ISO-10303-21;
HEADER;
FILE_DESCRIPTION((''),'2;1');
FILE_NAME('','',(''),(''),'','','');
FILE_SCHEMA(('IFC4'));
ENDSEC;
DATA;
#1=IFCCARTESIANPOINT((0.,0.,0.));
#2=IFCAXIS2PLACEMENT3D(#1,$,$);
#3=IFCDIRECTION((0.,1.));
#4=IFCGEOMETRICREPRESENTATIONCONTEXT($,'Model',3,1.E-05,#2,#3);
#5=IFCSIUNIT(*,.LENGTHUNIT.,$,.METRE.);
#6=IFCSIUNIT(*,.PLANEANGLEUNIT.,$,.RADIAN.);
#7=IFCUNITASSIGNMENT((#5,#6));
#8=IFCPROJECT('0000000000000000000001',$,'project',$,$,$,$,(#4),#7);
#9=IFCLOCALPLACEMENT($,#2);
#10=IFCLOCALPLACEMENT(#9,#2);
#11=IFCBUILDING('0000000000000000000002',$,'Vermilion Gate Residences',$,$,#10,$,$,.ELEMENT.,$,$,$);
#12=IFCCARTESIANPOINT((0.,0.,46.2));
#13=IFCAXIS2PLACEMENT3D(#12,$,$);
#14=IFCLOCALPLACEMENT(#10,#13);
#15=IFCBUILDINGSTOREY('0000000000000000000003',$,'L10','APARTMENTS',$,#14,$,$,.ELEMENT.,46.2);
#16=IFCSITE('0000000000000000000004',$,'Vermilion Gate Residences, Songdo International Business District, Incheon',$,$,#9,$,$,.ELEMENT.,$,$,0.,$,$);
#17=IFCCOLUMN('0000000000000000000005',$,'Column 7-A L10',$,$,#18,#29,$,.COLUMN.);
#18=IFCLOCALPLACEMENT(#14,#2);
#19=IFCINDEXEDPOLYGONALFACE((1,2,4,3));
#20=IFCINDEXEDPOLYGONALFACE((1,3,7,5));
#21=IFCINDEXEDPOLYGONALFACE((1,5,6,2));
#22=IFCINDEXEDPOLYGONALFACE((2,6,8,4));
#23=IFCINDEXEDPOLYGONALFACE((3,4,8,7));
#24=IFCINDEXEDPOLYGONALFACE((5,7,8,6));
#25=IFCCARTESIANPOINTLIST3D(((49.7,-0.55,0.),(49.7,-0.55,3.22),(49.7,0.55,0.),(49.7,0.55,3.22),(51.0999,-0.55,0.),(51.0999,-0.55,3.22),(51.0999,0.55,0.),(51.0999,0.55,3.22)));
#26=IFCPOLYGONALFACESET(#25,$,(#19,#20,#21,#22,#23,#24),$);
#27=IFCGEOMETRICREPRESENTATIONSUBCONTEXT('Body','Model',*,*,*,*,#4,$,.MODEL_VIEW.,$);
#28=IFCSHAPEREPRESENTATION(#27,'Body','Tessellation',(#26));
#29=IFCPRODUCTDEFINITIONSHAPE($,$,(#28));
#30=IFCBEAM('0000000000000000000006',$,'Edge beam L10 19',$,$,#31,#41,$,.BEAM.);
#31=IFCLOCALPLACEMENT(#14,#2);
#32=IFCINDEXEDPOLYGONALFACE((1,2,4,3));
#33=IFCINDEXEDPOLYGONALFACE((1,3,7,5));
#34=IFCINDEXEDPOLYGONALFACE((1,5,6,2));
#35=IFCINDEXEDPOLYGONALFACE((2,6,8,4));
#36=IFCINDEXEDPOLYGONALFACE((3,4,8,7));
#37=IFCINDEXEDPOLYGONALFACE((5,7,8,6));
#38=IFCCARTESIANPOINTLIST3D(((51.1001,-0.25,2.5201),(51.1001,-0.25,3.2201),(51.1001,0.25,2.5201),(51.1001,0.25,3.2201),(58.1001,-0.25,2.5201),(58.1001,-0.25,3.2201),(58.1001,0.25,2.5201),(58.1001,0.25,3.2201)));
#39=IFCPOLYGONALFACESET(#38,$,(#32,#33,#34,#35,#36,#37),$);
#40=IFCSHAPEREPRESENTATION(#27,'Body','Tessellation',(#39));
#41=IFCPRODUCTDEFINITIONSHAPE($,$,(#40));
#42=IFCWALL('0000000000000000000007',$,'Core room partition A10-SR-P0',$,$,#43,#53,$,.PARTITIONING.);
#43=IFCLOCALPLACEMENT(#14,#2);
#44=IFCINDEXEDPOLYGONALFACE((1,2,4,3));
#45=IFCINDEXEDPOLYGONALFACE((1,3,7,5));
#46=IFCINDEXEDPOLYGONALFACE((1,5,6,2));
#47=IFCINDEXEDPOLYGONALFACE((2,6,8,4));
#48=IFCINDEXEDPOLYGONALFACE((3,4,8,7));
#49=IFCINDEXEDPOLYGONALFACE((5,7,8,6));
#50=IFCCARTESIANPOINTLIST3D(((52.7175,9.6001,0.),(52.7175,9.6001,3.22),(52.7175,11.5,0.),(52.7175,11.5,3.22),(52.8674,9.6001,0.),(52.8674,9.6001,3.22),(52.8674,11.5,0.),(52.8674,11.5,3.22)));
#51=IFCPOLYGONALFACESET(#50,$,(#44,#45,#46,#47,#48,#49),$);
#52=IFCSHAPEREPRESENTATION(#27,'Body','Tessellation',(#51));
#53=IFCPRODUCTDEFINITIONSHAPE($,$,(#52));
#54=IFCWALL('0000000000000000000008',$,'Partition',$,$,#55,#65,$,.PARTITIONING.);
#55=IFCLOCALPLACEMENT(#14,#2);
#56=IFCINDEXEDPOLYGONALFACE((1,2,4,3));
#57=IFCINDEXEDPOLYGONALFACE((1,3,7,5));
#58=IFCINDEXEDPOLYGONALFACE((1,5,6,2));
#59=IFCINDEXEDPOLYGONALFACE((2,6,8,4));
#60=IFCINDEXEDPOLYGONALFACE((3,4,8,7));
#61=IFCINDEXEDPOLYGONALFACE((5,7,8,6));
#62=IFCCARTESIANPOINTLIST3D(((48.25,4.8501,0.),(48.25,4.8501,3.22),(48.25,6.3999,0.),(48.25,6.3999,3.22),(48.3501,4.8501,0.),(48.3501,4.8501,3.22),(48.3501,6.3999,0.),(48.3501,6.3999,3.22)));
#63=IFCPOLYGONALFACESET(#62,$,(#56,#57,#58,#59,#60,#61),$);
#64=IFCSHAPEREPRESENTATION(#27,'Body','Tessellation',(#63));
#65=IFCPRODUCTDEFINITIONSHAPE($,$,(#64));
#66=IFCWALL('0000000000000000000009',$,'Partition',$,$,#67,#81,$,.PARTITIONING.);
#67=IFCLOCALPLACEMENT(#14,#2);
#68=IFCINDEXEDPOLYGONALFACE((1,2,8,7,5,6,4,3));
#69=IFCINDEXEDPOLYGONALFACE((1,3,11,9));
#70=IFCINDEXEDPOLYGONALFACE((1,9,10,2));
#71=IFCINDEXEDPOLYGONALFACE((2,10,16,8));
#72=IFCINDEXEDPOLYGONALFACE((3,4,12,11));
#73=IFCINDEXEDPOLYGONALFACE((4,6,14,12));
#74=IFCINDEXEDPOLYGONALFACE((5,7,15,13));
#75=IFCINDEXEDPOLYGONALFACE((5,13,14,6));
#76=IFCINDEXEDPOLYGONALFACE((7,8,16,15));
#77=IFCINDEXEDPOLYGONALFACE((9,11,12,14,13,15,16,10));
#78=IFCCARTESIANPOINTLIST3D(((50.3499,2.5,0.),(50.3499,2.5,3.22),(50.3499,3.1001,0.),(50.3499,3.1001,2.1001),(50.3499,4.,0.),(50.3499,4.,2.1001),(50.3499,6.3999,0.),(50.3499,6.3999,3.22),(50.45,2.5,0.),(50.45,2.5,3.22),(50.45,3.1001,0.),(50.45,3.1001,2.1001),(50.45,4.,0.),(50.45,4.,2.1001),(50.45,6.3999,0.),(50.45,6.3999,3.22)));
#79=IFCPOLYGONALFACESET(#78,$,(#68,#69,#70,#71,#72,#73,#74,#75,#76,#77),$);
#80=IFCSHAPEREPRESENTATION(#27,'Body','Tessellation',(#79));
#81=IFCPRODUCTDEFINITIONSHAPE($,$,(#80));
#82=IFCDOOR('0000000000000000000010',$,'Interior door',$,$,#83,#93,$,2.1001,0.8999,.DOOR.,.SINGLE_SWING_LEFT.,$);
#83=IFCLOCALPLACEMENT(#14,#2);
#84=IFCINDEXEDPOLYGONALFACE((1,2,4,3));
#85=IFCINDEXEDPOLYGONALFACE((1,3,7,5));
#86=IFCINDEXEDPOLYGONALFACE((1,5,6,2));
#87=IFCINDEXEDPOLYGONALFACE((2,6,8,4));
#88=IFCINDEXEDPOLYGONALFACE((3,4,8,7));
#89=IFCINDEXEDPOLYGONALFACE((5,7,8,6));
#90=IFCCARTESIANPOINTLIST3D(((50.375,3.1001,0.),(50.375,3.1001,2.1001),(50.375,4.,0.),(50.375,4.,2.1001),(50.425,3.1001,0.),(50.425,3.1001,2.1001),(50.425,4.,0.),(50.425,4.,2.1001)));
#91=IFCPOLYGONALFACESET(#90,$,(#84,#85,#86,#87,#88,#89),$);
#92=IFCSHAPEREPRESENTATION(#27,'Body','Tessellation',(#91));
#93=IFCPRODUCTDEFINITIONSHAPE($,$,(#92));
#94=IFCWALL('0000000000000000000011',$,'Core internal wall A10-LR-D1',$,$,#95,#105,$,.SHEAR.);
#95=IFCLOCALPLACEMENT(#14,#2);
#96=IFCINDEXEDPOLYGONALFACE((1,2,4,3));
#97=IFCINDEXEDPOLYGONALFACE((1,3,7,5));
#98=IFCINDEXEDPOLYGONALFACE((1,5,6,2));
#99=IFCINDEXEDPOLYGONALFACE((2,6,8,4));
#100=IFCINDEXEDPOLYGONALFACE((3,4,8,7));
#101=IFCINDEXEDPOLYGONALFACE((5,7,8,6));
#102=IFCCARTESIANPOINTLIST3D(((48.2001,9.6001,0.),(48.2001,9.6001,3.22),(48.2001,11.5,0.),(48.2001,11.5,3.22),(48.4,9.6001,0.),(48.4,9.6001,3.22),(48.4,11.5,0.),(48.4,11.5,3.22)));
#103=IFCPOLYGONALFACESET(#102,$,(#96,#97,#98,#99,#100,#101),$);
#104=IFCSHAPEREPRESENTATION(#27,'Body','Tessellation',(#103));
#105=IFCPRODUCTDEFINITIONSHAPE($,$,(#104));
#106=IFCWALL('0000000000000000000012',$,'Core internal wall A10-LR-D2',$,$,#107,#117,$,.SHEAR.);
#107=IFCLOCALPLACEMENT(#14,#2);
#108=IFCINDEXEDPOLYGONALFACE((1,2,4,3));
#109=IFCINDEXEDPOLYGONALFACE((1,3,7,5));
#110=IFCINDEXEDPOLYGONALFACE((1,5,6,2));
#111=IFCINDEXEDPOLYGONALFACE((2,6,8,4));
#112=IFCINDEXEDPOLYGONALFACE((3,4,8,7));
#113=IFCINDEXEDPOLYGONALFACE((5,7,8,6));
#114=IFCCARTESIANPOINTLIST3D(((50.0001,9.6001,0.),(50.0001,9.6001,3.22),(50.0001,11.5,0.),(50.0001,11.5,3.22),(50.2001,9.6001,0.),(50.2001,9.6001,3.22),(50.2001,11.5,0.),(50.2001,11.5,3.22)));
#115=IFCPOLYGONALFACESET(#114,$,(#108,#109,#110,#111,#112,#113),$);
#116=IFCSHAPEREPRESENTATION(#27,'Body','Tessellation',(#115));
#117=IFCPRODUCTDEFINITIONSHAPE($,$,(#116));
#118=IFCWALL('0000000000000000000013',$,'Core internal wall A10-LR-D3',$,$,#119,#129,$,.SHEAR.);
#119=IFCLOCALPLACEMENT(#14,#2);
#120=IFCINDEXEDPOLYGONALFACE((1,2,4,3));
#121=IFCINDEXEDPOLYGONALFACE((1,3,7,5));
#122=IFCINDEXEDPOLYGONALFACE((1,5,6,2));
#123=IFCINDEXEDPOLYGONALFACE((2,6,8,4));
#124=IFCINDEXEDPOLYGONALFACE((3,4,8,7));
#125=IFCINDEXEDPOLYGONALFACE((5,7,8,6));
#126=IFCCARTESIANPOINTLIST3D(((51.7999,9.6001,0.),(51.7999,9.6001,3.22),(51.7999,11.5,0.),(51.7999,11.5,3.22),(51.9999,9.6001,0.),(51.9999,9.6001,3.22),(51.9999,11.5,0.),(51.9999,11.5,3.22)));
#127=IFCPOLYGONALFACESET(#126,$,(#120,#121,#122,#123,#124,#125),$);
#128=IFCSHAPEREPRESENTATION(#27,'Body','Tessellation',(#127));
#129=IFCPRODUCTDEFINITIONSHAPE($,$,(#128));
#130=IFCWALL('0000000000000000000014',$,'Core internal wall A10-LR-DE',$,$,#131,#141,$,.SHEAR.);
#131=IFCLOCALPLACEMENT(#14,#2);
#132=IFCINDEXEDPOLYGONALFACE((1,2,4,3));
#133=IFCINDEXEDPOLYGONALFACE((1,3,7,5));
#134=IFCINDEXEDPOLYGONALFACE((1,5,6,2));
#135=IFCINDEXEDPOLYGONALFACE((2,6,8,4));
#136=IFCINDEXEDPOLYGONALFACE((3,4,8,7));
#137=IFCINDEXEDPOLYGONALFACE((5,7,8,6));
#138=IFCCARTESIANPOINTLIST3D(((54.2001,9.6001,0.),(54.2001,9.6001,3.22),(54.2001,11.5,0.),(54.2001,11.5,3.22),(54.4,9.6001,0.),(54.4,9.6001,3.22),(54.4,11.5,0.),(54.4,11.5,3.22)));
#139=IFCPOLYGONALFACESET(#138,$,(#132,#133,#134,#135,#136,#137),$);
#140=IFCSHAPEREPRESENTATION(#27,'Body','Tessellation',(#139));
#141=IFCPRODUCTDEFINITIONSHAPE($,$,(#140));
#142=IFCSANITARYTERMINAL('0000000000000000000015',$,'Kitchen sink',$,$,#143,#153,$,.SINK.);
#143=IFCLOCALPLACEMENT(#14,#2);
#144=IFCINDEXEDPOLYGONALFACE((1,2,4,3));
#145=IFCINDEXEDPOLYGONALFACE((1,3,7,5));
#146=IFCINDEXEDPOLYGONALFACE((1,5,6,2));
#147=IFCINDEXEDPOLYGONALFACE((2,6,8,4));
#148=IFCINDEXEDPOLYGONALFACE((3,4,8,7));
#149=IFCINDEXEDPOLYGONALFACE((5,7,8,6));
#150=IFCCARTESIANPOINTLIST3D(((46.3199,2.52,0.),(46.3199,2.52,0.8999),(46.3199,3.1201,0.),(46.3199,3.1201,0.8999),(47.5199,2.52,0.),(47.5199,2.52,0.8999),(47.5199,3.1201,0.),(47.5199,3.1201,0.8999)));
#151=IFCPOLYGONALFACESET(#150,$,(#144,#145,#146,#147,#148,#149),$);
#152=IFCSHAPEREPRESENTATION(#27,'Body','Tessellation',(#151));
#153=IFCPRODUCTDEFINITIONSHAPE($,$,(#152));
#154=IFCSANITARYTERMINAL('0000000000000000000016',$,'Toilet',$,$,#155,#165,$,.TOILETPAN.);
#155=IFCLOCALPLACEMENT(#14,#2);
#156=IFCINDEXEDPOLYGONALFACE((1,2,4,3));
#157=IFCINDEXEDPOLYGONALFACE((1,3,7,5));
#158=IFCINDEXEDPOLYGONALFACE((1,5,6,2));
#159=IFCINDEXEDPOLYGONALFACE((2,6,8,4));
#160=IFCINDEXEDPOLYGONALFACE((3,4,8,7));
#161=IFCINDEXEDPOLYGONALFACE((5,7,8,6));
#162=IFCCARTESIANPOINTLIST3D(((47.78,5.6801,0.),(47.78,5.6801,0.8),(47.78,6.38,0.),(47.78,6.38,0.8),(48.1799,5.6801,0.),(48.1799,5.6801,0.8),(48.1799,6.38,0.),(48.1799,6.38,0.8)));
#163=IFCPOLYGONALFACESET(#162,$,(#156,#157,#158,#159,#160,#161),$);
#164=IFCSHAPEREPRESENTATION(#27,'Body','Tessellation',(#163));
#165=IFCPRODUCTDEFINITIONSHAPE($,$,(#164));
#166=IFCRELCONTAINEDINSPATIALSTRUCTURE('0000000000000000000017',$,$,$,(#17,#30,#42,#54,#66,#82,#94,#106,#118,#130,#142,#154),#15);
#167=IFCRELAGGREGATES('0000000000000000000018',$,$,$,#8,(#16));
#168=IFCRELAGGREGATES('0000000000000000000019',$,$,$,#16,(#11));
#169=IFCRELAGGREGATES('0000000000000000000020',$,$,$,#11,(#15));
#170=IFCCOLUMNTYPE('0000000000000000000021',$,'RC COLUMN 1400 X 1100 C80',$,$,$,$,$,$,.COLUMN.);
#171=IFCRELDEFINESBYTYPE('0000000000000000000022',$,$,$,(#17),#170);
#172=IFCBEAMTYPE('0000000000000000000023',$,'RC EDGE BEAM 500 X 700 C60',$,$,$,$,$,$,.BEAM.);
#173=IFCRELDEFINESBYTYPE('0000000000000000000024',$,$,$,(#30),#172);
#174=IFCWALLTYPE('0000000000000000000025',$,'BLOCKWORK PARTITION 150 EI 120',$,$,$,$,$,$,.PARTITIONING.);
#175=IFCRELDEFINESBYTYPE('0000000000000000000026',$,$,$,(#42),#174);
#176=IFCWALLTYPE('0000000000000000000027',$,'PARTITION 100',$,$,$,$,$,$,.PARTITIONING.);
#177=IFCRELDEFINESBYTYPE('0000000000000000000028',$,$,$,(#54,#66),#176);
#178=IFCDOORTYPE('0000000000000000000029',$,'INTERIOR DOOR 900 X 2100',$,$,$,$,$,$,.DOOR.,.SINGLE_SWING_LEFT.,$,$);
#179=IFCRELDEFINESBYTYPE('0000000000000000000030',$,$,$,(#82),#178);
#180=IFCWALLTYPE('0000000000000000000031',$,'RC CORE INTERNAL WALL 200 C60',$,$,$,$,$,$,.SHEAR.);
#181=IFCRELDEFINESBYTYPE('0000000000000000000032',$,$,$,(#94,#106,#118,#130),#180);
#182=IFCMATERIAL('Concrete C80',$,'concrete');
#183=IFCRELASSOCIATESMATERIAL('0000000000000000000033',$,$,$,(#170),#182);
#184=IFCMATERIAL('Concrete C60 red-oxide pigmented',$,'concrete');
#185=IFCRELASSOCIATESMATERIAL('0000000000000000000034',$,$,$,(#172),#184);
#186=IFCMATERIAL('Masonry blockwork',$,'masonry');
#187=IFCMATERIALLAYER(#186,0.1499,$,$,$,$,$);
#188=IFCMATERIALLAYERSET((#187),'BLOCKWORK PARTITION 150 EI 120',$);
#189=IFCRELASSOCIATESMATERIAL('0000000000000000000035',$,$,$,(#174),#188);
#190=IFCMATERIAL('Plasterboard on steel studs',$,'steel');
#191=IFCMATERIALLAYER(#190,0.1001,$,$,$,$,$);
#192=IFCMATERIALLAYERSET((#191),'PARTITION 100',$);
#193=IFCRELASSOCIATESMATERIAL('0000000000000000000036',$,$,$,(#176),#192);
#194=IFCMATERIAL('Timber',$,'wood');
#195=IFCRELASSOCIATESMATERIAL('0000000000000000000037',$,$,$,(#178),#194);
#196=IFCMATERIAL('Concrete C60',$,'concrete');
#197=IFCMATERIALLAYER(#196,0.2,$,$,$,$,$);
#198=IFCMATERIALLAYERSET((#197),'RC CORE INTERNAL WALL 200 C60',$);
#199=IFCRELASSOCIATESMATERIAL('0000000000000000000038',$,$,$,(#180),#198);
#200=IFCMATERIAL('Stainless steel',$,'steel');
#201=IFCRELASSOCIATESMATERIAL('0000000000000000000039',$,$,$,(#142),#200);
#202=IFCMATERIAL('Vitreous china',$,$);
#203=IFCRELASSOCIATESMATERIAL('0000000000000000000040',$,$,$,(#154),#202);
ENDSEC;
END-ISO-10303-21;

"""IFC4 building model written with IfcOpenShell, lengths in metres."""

from ifc_helpers import new_model, si_unit, direction, frame, frame_2d, origin, origin_2d, place, context, subcontext, project, spatial, rectangle, extrude, material, layer, layer_set, material_profile, profile_set, type_object, element, fill, save


model = new_model("IFC4")

# Units and contexts
model_context = context("Model", 3, precision=1e-05, world=origin(), true_north=direction((0.0, 1.0)))
body_context = subcontext(model_context, "Body", "Model", "MODEL_VIEW")
ifc_project = project(units=[si_unit("LENGTHUNIT", "METRE"), si_unit("PLANEANGLEUNIT", "RADIAN")], contexts=[model_context])

# Site, building, storey
site_placement = place(None, origin())
site = spatial("IfcSite", under=ifc_project, at=site_placement, Name="Vermilion Gate Residences, Songdo International Business District, Incheon", CompositionType="ELEMENT", RefElevation=0.0)
building_placement = place(site_placement, origin())
building = spatial("IfcBuilding", under=site, at=building_placement, Name="Vermilion Gate Residences", CompositionType="ELEMENT")
storey_placement = place(building_placement, frame((0.0, 0.0, 46.2)))
storey = spatial("IfcBuildingStorey", under=building, at=storey_placement, Name="L10", Description="APARTMENTS", CompositionType="ELEMENT", Elevation=46.2)

# Column
ifc_material_1 = material(Name="Concrete C80", Category="concrete")
ifc_material_profile_1 = material_profile(ifc_material_1, rectangle(XDim=1.3999, YDim=1.1001, at=origin_2d()), Name="RC-1400x1100")
ifc_profile_set_1 = profile_set([ifc_material_profile_1], Name="Concrete C80")
column_type = type_object("IfcColumnType", Name="RC COLUMN 1400 X 1100 C80", PredefinedType="COLUMN", material=ifc_profile_set_1)
column_placement = place(storey_placement, frame((50.3999, 0.0, 0.0), z_axis=(0.0, 0.0, 1.0), x_axis=(1.0, 0.0, 0.0)))
element("IfcColumn", 1, at=column_placement, inside=storey, type_object=column_type, Name="Column 7-A L10", PredefinedType="COLUMN", context=body_context, shape_type="SweptSolid", body=[
    extrude(rectangle(XDim=1.3999, YDim=1.1001, at=origin_2d()), origin(), (0.0, 0.0, 1.0), 3.22),
])

# Beam
ifc_material_2 = material(Name="Concrete C60 red-oxide pigmented", Category="concrete")
ifc_material_profile_2 = material_profile(ifc_material_2, rectangle(XDim=0.5, YDim=0.7, at=origin_2d()), Name="RC-500x700")
ifc_profile_set_2 = profile_set([ifc_material_profile_2], Name="Concrete C60 red-oxide pigmented")
beam_type = type_object("IfcBeamType", Name="RC EDGE BEAM 500 X 700 C60", PredefinedType="BEAM", material=ifc_profile_set_2)
beam_placement = place(storey_placement, frame((51.1001, 0.0, 2.8701), z_axis=(1.0, 0.0, 0.0), x_axis=(0.0, 1.0, 0.0)))
element("IfcBeam", 2, at=beam_placement, inside=storey, type_object=beam_type, Name="Edge beam L10 19", PredefinedType="BEAM", context=body_context, shape_type="SweptSolid", body=[
    extrude(rectangle(XDim=0.5, YDim=0.7, at=origin_2d()), origin(), (0.0, 0.0, 1.0), 7.0),
])

# Walls
ifc_material_3 = material(Name="Masonry blockwork", Category="masonry")
ifc_layer_1 = layer(ifc_material_3, 0.1499)
ifc_layer_set_1 = layer_set([ifc_layer_1], Name="BLOCKWORK PARTITION 150 EI 120")
wall_type_1 = type_object("IfcWallType", Name="BLOCKWORK PARTITION 150 EI 120", PredefinedType="PARTITIONING", material=ifc_layer_set_1)
wall_1_placement = place(storey_placement, frame((52.7925, 9.6001, 0.0), z_axis=(0.0, 0.0, 1.0), x_axis=(0.0, 1.0, 0.0)))
element("IfcWall", 3, at=wall_1_placement, inside=storey, type_object=wall_type_1, Name="Core room partition A10-SR-P0", PredefinedType="PARTITIONING", context=body_context, shape_type="SweptSolid", body=[
    extrude(rectangle(XDim=1.8999, YDim=0.1499, at=frame_2d((0.95, 0.0))), origin(), (0.0, 0.0, 1.0), 3.22),
])
ifc_material_4 = material(Name="Plasterboard on steel studs", Category="steel")
ifc_layer_2 = layer(ifc_material_4, 0.1001)
ifc_layer_set_2 = layer_set([ifc_layer_2], Name="PARTITION 100")
wall_type_2 = type_object("IfcWallType", Name="PARTITION 100", PredefinedType="PARTITIONING", material=ifc_layer_set_2)
wall_2_placement = place(storey_placement, frame((48.3, 4.8501, 0.0), z_axis=(0.0, 0.0, 1.0), x_axis=(0.0, 1.0, 0.0)))
element("IfcWall", 4, at=wall_2_placement, inside=storey, type_object=wall_type_2, Name="Partition", PredefinedType="PARTITIONING", context=body_context, shape_type="SweptSolid", body=[
    extrude(rectangle(XDim=1.5498, YDim=0.1001, at=frame_2d((0.7749, 0.0))), origin(), (0.0, 0.0, 1.0), 3.22),
])

# Wall, opening, door
wall_3_placement = place(storey_placement, frame((50.3999, 2.5, 0.0), z_axis=(0.0, 0.0, 1.0), x_axis=(0.0, 1.0, 0.0)))
wall_3 = element("IfcWall", 5, at=wall_3_placement, inside=storey, type_object=wall_type_2, Name="Partition", PredefinedType="PARTITIONING", context=body_context, shape_type="SweptSolid", body=[
    extrude(rectangle(XDim=3.8999, YDim=0.1001, at=frame_2d((1.95, 0.0))), origin(), (0.0, 0.0, 1.0), 3.22),
])
opening_placement = place(wall_3_placement, frame((0.6001, 0.0, 0.0)))
opening = element("IfcOpeningElement", 6, at=opening_placement, cuts=wall_3, PredefinedType="OPENING", context=body_context, shape_type="SweptSolid", body=[
    extrude(rectangle(XDim=0.8999, YDim=2.1001, at=frame_2d((0.45, 1.05))), frame((0.0, 0.0601, 0.0), z_axis=(0.0, -1.0, 0.0), x_axis=(1.0, 0.0, 0.0)), (0.0, 0.0, 1.0), 0.1201),
])
ifc_material_5 = material(Name="Timber", Category="wood")
door_type = type_object("IfcDoorType", Name="INTERIOR DOOR 900 X 2100", OperationType="SINGLE_SWING_LEFT", PredefinedType="DOOR", material=ifc_material_5)
door_placement = place(opening_placement, origin())
door = element("IfcDoor", 7, at=door_placement, inside=storey, type_object=door_type, Name="Interior door", OperationType="SINGLE_SWING_LEFT", OverallHeight=2.1001, OverallWidth=0.8999, PredefinedType="DOOR", context=body_context, shape_type="SweptSolid", body=[
    extrude(rectangle(XDim=0.8999, YDim=2.1001, at=frame_2d((0.45, 1.05))), frame((0.0, 0.0249, 0.0), z_axis=(0.0, -1.0, 0.0), x_axis=(1.0, 0.0, 0.0)), (0.0, 0.0, 1.0), 0.05),
])
fill(opening, door)

# Walls
ifc_material_6 = material(Name="Concrete C60", Category="concrete")
ifc_layer_3 = layer(ifc_material_6, 0.2)
ifc_layer_set_3 = layer_set([ifc_layer_3], Name="RC CORE INTERNAL WALL 200 C60")
wall_type_3 = type_object("IfcWallType", Name="RC CORE INTERNAL WALL 200 C60", PredefinedType="SHEAR", material=ifc_layer_set_3)
for number, where, z_axis, x_axis, name in (
    (8, (48.3, 9.6001, 0.0), (0.0, 0.0, 1.0), (0.0, 1.0, 0.0), "Core internal wall A10-LR-D1"),
    (9, (50.1001, 9.6001, 0.0), (0.0, 0.0, 1.0), (0.0, 1.0, 0.0), "Core internal wall A10-LR-D2"),
    (10, (51.8999, 9.6001, 0.0), (0.0, 0.0, 1.0), (0.0, 1.0, 0.0), "Core internal wall A10-LR-D3"),
    (11, (54.3, 9.6001, 0.0), (0.0, 0.0, 1.0), (0.0, 1.0, 0.0), "Core internal wall A10-LR-DE"),
):
    element("IfcWall", number, at=place(storey_placement, frame(where, z_axis=z_axis, x_axis=x_axis)), inside=storey, type_object=wall_type_3, Name=name, PredefinedType="SHEAR", context=body_context, shape_type="SweptSolid", body=[
        extrude(rectangle(XDim=1.8999, YDim=0.2, at=frame_2d((0.95, 0.0))), origin(), (0.0, 0.0, 1.0), 3.22),
    ])

# Sanitary terminals
ifc_material_7 = material(Name="Stainless steel", Category="steel")
sanitary_terminal_1_placement = place(storey_placement, frame((46.9199, 2.8201, 0.0), z_axis=(0.0, 0.0, 1.0), x_axis=(1.0, 0.0, 0.0)))
element("IfcSanitaryTerminal", 12, at=sanitary_terminal_1_placement, inside=storey, material=ifc_material_7, Name="Kitchen sink", PredefinedType="SINK", context=body_context, shape_type="SweptSolid", body=[
    extrude(rectangle(XDim=1.2, YDim=0.6001, at=origin_2d()), origin(), (0.0, 0.0, 1.0), 0.8999),
])
ifc_material_8 = material(Name="Vitreous china")
sanitary_terminal_2_placement = place(storey_placement, frame((47.98, 6.03, 0.0), z_axis=(0.0, 0.0, 1.0), x_axis=(1.0, 0.0, 0.0)))
element("IfcSanitaryTerminal", 13, at=sanitary_terminal_2_placement, inside=storey, material=ifc_material_8, Name="Toilet", PredefinedType="TOILETPAN", context=body_context, shape_type="SweptSolid", body=[
    extrude(rectangle(XDim=0.3999, YDim=0.7, at=origin_2d()), origin(), (0.0, 0.0, 1.0), 0.8),
])

save(model, "model.ifc")
